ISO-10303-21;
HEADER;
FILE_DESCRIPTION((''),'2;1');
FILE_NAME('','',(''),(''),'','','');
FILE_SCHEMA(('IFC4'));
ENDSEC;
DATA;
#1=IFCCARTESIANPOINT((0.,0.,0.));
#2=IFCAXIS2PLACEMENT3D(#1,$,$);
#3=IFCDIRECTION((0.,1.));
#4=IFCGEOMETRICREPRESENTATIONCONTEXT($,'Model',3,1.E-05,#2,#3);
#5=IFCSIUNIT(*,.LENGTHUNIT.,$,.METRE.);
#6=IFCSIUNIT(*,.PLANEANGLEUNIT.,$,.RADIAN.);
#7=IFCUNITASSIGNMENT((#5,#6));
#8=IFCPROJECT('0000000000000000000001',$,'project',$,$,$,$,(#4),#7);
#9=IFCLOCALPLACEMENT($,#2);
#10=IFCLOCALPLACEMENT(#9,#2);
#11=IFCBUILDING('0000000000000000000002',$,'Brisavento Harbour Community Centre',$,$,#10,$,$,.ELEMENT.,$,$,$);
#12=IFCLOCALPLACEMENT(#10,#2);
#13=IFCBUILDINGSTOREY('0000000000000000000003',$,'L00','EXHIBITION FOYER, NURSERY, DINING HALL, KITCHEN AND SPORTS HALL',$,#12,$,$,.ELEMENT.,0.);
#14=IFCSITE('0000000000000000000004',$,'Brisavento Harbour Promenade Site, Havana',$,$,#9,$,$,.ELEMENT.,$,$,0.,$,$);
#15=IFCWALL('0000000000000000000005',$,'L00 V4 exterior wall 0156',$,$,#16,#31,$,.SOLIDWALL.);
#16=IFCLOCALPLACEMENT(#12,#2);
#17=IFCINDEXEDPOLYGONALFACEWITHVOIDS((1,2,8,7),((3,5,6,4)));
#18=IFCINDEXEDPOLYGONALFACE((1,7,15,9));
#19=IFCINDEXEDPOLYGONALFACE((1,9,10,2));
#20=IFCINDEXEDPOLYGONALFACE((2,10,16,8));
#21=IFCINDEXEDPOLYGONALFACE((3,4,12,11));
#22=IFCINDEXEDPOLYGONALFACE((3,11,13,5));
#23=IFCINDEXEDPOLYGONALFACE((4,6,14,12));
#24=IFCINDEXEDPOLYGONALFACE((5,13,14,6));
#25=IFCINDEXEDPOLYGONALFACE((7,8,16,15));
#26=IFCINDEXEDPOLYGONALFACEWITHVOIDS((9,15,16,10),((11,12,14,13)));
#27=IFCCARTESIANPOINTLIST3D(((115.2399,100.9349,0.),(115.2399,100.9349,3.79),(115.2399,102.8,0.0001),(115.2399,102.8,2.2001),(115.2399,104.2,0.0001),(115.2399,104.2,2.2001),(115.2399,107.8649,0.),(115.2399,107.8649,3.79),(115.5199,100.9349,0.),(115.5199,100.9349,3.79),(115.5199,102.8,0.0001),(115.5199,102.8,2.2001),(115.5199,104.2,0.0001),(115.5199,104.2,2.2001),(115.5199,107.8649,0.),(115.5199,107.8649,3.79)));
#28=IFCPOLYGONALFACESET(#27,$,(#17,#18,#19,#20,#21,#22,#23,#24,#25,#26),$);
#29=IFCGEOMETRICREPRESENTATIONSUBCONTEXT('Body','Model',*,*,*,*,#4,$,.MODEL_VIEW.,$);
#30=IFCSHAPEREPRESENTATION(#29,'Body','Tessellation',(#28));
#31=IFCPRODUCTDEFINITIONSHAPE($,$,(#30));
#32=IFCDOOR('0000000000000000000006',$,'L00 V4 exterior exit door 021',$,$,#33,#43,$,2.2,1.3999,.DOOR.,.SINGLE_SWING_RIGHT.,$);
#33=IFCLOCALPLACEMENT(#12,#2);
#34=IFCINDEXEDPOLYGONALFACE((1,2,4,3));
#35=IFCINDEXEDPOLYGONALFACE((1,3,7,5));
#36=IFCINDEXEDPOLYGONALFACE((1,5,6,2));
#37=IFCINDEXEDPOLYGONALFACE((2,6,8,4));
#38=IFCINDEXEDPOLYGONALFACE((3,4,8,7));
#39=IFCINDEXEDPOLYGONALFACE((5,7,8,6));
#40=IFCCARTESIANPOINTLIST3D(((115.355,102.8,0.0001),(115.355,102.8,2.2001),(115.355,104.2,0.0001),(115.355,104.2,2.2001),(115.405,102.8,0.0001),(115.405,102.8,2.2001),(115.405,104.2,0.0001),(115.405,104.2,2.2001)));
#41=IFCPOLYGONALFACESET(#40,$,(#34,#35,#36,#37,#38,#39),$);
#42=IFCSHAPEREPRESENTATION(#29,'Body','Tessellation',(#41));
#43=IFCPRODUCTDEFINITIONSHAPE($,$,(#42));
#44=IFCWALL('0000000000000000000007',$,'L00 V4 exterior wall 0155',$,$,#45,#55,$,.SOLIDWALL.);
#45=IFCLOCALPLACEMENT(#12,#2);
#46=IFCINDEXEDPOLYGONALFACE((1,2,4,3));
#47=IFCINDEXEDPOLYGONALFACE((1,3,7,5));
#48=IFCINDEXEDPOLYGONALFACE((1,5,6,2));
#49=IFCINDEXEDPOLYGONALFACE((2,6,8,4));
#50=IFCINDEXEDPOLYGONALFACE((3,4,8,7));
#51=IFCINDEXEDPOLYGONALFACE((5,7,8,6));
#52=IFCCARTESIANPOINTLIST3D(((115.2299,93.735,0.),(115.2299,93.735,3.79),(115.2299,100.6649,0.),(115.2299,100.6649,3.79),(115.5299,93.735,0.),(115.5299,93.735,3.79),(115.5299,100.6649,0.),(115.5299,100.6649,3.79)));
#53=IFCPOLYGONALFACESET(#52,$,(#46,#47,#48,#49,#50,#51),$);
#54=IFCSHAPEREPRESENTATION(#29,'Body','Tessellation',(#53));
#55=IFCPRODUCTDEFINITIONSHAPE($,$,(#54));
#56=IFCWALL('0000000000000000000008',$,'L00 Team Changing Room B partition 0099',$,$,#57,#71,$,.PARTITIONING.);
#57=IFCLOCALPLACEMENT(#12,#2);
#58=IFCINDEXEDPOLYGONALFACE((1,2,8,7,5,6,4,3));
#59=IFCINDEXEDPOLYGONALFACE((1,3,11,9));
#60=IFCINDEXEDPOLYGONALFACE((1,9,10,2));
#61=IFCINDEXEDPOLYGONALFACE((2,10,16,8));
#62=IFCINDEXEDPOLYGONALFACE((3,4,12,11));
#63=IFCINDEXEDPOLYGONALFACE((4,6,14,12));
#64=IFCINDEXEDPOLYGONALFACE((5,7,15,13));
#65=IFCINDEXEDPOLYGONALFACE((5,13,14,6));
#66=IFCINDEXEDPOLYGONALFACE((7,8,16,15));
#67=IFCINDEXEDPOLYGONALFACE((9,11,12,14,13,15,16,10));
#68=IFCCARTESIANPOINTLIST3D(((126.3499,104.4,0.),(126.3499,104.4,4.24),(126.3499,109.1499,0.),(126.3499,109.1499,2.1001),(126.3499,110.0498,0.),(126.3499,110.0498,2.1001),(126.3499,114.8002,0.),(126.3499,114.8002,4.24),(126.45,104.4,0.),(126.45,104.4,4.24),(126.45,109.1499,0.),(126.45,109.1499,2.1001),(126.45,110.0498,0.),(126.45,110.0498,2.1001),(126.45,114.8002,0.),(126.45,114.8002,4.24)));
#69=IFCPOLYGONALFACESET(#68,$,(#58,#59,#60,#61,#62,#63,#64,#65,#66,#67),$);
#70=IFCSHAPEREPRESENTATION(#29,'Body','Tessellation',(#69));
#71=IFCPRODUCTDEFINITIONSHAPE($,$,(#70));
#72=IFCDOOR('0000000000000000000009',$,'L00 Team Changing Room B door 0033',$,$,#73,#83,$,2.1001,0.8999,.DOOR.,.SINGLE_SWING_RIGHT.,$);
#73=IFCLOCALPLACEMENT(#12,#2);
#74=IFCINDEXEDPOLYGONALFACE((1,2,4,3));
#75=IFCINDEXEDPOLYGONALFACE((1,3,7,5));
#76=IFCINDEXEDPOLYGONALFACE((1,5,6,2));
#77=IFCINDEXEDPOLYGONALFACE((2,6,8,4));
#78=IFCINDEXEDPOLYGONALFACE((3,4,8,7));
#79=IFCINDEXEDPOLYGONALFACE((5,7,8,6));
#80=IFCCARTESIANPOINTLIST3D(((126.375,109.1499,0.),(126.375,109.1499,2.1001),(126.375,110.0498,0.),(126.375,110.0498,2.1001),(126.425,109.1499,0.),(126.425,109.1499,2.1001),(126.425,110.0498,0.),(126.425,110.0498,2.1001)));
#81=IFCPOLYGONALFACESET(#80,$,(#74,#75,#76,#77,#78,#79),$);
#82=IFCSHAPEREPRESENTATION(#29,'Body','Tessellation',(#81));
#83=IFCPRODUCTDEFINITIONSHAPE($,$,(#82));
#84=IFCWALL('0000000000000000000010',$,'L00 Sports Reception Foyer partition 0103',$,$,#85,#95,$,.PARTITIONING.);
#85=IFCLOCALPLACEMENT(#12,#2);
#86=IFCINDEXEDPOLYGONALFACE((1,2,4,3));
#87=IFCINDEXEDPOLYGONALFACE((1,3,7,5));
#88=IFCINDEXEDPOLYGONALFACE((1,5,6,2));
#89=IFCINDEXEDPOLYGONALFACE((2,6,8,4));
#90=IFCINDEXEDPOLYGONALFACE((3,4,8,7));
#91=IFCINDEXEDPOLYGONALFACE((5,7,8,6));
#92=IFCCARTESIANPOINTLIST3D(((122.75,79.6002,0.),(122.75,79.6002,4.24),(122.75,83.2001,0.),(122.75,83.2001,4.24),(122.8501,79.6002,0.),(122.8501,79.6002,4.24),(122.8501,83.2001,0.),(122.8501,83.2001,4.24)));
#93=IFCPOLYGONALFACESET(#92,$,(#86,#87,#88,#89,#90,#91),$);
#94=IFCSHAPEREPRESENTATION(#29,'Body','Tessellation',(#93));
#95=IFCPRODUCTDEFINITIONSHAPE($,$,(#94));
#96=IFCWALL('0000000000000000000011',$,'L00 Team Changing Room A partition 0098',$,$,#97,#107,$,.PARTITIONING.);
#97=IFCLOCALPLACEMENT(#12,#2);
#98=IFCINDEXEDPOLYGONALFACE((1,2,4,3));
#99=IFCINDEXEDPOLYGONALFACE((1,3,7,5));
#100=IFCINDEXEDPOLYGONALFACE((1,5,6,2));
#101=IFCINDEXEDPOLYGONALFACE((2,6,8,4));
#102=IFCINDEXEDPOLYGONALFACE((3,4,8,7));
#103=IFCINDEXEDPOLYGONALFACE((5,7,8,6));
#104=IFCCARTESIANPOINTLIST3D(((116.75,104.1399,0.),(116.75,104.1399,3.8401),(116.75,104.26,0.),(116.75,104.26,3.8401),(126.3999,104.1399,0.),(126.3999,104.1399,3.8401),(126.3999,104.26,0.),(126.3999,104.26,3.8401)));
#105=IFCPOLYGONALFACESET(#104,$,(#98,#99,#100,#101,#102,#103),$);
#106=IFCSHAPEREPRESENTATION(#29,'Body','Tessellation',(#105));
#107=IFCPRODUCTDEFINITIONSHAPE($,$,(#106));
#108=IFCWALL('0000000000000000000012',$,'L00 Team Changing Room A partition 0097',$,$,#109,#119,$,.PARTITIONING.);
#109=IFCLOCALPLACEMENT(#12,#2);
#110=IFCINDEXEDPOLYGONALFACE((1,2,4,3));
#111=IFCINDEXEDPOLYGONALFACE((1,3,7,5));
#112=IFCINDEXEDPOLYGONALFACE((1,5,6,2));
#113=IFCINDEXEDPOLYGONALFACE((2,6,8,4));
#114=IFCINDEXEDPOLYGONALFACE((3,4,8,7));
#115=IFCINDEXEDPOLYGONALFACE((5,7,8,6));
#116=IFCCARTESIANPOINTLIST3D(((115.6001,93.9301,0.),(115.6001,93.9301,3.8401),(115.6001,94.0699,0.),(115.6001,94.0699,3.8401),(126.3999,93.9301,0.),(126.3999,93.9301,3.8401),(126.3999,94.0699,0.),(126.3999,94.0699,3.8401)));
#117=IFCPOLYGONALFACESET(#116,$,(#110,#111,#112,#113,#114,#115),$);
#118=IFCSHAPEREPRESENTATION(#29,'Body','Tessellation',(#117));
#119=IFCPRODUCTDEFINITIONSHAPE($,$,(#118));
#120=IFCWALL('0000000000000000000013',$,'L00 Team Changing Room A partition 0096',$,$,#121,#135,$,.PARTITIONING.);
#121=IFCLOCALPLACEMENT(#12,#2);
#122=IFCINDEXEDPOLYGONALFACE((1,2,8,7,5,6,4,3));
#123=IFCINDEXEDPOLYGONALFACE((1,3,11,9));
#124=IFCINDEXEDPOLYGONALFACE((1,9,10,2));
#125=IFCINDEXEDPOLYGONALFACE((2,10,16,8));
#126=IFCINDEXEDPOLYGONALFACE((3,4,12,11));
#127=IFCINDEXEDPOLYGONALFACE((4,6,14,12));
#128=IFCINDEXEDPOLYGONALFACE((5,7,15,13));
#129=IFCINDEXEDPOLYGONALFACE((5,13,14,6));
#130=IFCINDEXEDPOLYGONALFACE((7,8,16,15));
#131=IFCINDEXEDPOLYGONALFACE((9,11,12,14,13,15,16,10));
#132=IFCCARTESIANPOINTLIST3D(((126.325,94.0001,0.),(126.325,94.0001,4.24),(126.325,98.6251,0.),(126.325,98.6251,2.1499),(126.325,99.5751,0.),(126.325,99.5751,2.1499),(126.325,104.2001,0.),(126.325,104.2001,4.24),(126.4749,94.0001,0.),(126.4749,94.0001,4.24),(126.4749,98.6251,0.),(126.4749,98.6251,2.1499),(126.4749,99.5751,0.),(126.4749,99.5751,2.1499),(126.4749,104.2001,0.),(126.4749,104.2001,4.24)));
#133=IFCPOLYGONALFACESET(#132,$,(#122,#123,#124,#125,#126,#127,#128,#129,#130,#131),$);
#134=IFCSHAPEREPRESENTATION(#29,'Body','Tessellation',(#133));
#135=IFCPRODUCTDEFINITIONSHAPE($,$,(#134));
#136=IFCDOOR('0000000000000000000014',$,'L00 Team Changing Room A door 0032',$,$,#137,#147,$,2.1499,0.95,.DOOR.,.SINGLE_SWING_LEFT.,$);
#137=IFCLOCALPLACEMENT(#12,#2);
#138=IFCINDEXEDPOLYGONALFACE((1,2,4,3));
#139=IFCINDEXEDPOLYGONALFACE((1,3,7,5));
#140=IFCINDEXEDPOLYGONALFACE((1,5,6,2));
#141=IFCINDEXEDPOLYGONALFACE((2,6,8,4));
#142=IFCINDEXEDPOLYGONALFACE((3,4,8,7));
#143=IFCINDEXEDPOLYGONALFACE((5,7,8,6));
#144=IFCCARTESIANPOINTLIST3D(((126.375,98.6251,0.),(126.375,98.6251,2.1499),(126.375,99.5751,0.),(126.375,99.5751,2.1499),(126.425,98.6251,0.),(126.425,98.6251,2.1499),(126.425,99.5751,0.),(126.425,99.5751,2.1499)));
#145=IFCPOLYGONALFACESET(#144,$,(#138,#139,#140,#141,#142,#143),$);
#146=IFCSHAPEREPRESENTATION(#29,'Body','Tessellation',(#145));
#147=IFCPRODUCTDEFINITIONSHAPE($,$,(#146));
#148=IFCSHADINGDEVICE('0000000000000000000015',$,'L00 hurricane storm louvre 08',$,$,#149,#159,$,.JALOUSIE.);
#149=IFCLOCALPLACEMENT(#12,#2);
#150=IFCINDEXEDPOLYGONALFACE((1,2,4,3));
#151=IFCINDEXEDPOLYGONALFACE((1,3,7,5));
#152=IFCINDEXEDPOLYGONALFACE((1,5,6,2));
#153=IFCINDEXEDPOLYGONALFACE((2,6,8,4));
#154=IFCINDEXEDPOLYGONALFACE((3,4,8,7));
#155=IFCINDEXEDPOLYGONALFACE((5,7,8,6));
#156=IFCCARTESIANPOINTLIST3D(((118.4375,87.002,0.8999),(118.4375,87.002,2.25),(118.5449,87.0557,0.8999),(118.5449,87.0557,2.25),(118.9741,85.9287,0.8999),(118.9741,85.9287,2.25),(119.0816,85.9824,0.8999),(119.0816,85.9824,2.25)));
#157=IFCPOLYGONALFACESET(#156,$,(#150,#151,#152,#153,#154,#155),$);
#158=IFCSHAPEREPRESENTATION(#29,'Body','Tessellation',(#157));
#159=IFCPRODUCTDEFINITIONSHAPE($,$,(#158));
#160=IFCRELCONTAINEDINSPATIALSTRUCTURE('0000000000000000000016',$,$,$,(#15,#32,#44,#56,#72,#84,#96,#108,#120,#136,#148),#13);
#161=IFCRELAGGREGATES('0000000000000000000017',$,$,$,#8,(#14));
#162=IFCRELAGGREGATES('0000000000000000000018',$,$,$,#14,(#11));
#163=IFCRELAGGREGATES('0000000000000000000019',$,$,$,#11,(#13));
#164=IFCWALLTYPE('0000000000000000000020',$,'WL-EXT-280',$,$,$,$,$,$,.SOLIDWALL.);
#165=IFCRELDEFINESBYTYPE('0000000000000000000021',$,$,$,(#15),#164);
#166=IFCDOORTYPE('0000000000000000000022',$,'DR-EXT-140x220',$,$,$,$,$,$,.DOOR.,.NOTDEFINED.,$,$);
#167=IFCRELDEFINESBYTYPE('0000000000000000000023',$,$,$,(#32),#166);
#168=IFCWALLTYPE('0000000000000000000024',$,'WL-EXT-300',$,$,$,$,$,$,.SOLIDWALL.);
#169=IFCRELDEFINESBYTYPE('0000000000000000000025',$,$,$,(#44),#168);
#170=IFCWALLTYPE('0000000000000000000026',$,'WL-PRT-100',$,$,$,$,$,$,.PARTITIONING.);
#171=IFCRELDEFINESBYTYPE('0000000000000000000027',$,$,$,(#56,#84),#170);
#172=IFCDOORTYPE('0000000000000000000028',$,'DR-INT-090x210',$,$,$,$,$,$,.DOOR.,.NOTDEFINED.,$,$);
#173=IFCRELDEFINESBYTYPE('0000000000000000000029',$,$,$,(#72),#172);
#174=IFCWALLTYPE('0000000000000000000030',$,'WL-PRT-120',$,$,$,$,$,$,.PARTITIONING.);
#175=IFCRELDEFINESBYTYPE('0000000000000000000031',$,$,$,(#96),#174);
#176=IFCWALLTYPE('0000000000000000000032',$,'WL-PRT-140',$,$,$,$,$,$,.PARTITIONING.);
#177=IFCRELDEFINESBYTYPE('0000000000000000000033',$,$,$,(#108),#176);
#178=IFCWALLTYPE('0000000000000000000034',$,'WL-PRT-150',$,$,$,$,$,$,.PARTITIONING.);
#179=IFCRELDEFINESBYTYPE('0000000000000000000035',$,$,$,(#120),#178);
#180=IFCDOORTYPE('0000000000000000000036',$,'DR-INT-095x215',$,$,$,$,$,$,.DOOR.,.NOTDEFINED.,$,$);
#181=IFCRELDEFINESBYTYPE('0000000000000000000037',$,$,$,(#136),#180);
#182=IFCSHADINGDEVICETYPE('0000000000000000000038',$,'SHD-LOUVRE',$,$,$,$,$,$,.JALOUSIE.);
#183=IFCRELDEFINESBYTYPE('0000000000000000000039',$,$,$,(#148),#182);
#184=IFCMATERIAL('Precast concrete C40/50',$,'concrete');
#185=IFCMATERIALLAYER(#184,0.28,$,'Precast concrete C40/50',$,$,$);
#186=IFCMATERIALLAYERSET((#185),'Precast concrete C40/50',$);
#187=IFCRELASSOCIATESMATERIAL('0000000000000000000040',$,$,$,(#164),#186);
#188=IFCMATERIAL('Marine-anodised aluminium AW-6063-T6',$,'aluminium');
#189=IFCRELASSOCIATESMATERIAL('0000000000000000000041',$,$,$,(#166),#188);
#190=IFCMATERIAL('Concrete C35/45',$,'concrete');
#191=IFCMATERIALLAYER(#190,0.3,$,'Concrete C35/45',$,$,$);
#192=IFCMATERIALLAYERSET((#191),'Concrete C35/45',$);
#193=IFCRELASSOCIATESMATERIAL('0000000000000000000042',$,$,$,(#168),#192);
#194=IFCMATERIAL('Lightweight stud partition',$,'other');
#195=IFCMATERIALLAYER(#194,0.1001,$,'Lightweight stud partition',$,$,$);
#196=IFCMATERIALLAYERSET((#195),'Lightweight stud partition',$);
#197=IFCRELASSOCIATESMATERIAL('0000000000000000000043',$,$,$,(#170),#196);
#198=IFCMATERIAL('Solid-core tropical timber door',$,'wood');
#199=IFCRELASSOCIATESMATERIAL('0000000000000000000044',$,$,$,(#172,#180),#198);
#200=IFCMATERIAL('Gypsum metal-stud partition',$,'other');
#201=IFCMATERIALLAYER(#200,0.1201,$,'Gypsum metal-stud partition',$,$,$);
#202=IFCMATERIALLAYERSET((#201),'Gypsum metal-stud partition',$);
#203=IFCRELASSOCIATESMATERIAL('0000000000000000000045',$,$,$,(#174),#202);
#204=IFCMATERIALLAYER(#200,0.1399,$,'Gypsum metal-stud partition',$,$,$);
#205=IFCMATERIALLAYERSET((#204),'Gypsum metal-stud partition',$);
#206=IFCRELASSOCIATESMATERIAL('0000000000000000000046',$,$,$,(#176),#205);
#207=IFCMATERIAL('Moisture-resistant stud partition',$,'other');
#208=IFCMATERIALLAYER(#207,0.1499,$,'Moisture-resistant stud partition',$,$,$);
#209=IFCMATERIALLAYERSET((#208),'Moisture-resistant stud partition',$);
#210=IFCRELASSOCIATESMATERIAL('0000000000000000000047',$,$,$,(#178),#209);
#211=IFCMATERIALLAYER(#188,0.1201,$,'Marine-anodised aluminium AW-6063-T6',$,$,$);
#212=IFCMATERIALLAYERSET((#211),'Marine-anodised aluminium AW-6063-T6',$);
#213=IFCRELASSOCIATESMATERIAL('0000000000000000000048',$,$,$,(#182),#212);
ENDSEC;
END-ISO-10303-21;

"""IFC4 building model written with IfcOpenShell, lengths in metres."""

from ifc_helpers import new_model, si_unit, direction, frame, frame_2d, origin, origin_2d, place, context, subcontext, project, spatial, rectangle, extrude, material, layer, layer_set, type_object, element, fill, save


model = new_model("IFC4")

# Units and contexts
model_context = context("Model", 3, precision=1e-05, world=origin(), true_north=direction((0.0, 1.0)))
body_context = subcontext(model_context, "Body", "Model", "MODEL_VIEW")
ifc_project = project(units=[si_unit("LENGTHUNIT", "METRE"), si_unit("PLANEANGLEUNIT", "RADIAN")], contexts=[model_context])

# Site, building, storey
site_placement = place(None, origin())
site = spatial("IfcSite", under=ifc_project, at=site_placement, Name="Brisavento Harbour Promenade Site, Havana", CompositionType="ELEMENT", RefElevation=0.0)
building_placement = place(site_placement, origin())
building = spatial("IfcBuilding", under=site, at=building_placement, Name="Brisavento Harbour Community Centre", CompositionType="ELEMENT")
storey_placement = place(building_placement, origin())
storey = spatial("IfcBuildingStorey", under=building, at=storey_placement, Name="L00", Description="EXHIBITION FOYER, NURSERY, DINING HALL, KITCHEN AND SPORTS HALL", CompositionType="ELEMENT", Elevation=0.0)

# Wall, opening, door
ifc_material_1 = material(Name="Precast concrete C40/50", Category="concrete")
ifc_layer_1 = layer(ifc_material_1, 0.28, Name="Precast concrete C40/50")
ifc_layer_set_1 = layer_set([ifc_layer_1], Name="Precast concrete C40/50")
wall_type_1 = type_object("IfcWallType", Name="WL-EXT-280", PredefinedType="SOLIDWALL", material=ifc_layer_set_1)
wall_1_placement = place(storey_placement, frame((115.3799, 100.9351, 0.0), z_axis=(0.0, 0.0, 1.0), x_axis=(0.0, 1.0, 0.0)))
wall_1 = element("IfcWall", 1, at=wall_1_placement, inside=storey, type_object=wall_type_1, Name="L00 V4 exterior wall 0156", PredefinedType="SOLIDWALL", context=body_context, shape_type="SweptSolid", body=[
    extrude(rectangle(XDim=6.9299, YDim=0.28, at=frame_2d((3.4648, 0.0))), origin(), (0.0, 0.0, 1.0), 3.79),
])
opening_1_placement = place(wall_1_placement, frame((1.865, 0.0, 0.0)))
opening_1 = element("IfcOpeningElement", 2, at=opening_1_placement, cuts=wall_1, PredefinedType="OPENING", context=body_context, shape_type="SweptSolid", body=[
    extrude(rectangle(XDim=1.3999, YDim=2.2, at=frame_2d((0.7, 1.1001))), frame((0.0, 0.1499, 0.0), z_axis=(0.0, -1.0, 0.0), x_axis=(1.0, 0.0, 0.0)), (0.0, 0.0, 1.0), 0.3),
])
ifc_material_2 = material(Name="Marine-anodised aluminium AW-6063-T6", Category="aluminium")
door_type_1 = type_object("IfcDoorType", Name="DR-EXT-140x220", OperationType="NOTDEFINED", PredefinedType="DOOR", material=ifc_material_2)
door_1_placement = place(opening_1_placement, origin())
door_1 = element("IfcDoor", 3, at=door_1_placement, inside=storey, type_object=door_type_1, Name="L00 V4 exterior exit door 021", OperationType="SINGLE_SWING_RIGHT", OverallHeight=2.2, OverallWidth=1.3999, PredefinedType="DOOR", context=body_context, shape_type="SweptSolid", body=[
    extrude(rectangle(XDim=1.3999, YDim=2.2, at=frame_2d((0.7, 1.1001))), frame((0.0, 0.0249, 0.0), z_axis=(0.0, -1.0, 0.0), x_axis=(1.0, 0.0, 0.0)), (0.0, 0.0, 1.0), 0.05),
])
fill(opening_1, door_1)

# Wall
ifc_material_3 = material(Name="Concrete C35/45", Category="concrete")
ifc_layer_2 = layer(ifc_material_3, 0.3, Name="Concrete C35/45")
ifc_layer_set_2 = layer_set([ifc_layer_2], Name="Concrete C35/45")
wall_type_2 = type_object("IfcWallType", Name="WL-EXT-300", PredefinedType="SOLIDWALL", material=ifc_layer_set_2)
wall_2_placement = place(storey_placement, frame((115.3799, 93.7351, 0.0), z_axis=(0.0, 0.0, 1.0), x_axis=(0.0, 1.0, 0.0)))
element("IfcWall", 4, at=wall_2_placement, inside=storey, type_object=wall_type_2, Name="L00 V4 exterior wall 0155", PredefinedType="SOLIDWALL", context=body_context, shape_type="SweptSolid", body=[
    extrude(rectangle(XDim=6.9299, YDim=0.3, at=frame_2d((3.4648, 0.0))), origin(), (0.0, 0.0, 1.0), 3.79),
])

# Wall, opening, door
ifc_material_4 = material(Name="Lightweight stud partition", Category="other")
ifc_layer_3 = layer(ifc_material_4, 0.1001, Name="Lightweight stud partition")
ifc_layer_set_3 = layer_set([ifc_layer_3], Name="Lightweight stud partition")
wall_type_3 = type_object("IfcWallType", Name="WL-PRT-100", PredefinedType="PARTITIONING", material=ifc_layer_set_3)
wall_3_placement = place(storey_placement, frame((126.3999, 104.3999, 0.0), z_axis=(0.0, 0.0, 1.0), x_axis=(0.0, 1.0, 0.0)))
wall_3 = element("IfcWall", 5, at=wall_3_placement, inside=storey, type_object=wall_type_3, Name="L00 Team Changing Room B partition 0099", PredefinedType="PARTITIONING", context=body_context, shape_type="SweptSolid", body=[
    extrude(rectangle(XDim=10.4001, YDim=0.1001, at=frame_2d((5.2002, 0.0))), origin(), (0.0, 0.0, 1.0), 4.24),
])
opening_2_placement = place(wall_3_placement, frame((4.75, 0.0, 0.0)))
opening_2 = element("IfcOpeningElement", 6, at=opening_2_placement, cuts=wall_3, PredefinedType="OPENING", context=body_context, shape_type="SweptSolid", body=[
    extrude(rectangle(XDim=0.8999, YDim=2.1001, at=frame_2d((0.45, 1.05))), frame((0.0, 0.0601, 0.0), z_axis=(0.0, -1.0, 0.0), x_axis=(1.0, 0.0, 0.0)), (0.0, 0.0, 1.0), 0.1201),
])
ifc_material_5 = material(Name="Solid-core tropical timber door", Category="wood")
door_type_2 = type_object("IfcDoorType", Name="DR-INT-090x210", OperationType="NOTDEFINED", PredefinedType="DOOR", material=ifc_material_5)
door_2_placement = place(opening_2_placement, origin())
door_2 = element("IfcDoor", 7, at=door_2_placement, inside=storey, type_object=door_type_2, Name="L00 Team Changing Room B door 0033", OperationType="SINGLE_SWING_RIGHT", OverallHeight=2.1001, OverallWidth=0.8999, PredefinedType="DOOR", context=body_context, shape_type="SweptSolid", body=[
    extrude(rectangle(XDim=0.8999, YDim=2.1001, at=frame_2d((0.45, 1.05))), frame((0.0, 0.0249, 0.0), z_axis=(0.0, -1.0, 0.0), x_axis=(1.0, 0.0, 0.0)), (0.0, 0.0, 1.0), 0.05),
])
fill(opening_2, door_2)

# Walls
wall_4_placement = place(storey_placement, frame((122.8, 83.2, 0.0), z_axis=(0.0, 0.0, 1.0), x_axis=(0.0, -1.0, 0.0)))
element("IfcWall", 8, at=wall_4_placement, inside=storey, type_object=wall_type_3, Name="L00 Sports Reception Foyer partition 0103", PredefinedType="PARTITIONING", context=body_context, shape_type="SweptSolid", body=[
    extrude(rectangle(XDim=3.5999, YDim=0.1001, at=frame_2d((1.7998, 0.0))), origin(), (0.0, 0.0, 1.0), 4.24),
])
ifc_material_6 = material(Name="Gypsum metal-stud partition", Category="other")
ifc_layer_4 = layer(ifc_material_6, 0.1201, Name="Gypsum metal-stud partition")
ifc_layer_set_4 = layer_set([ifc_layer_4], Name="Gypsum metal-stud partition")
wall_type_4 = type_object("IfcWallType", Name="WL-PRT-120", PredefinedType="PARTITIONING", material=ifc_layer_set_4)
wall_5_placement = place(storey_placement, frame((126.3999, 104.2, 0.0), z_axis=(0.0, 0.0, 1.0), x_axis=(-1.0, 0.0, 0.0)))
element("IfcWall", 9, at=wall_5_placement, inside=storey, type_object=wall_type_4, Name="L00 Team Changing Room A partition 0098", PredefinedType="PARTITIONING", context=body_context, shape_type="SweptSolid", body=[
    extrude(rectangle(XDim=9.6499, YDim=0.1201, at=frame_2d((4.825, 0.0))), origin(), (0.0, 0.0, 1.0), 3.8401),
])
ifc_layer_5 = layer(ifc_material_6, 0.1399, Name="Gypsum metal-stud partition")
ifc_layer_set_5 = layer_set([ifc_layer_5], Name="Gypsum metal-stud partition")
wall_type_5 = type_object("IfcWallType", Name="WL-PRT-140", PredefinedType="PARTITIONING", material=ifc_layer_set_5)
wall_6_placement = place(storey_placement, frame((115.6001, 94.0, 0.0), z_axis=(0.0, 0.0, 1.0), x_axis=(1.0, 0.0, 0.0)))
element("IfcWall", 10, at=wall_6_placement, inside=storey, type_object=wall_type_5, Name="L00 Team Changing Room A partition 0097", PredefinedType="PARTITIONING", context=body_context, shape_type="SweptSolid", body=[
    extrude(rectangle(XDim=10.7998, YDim=0.1399, at=frame_2d((5.3999, 0.0))), origin(), (0.0, 0.0, 1.0), 3.8401),
])

# Wall, opening, door
ifc_material_7 = material(Name="Moisture-resistant stud partition", Category="other")
ifc_layer_6 = layer(ifc_material_7, 0.1499, Name="Moisture-resistant stud partition")
ifc_layer_set_6 = layer_set([ifc_layer_6], Name="Moisture-resistant stud partition")
wall_type_6 = type_object("IfcWallType", Name="WL-PRT-150", PredefinedType="PARTITIONING", material=ifc_layer_set_6)
wall_7_placement = place(storey_placement, frame((126.3999, 94.0, 0.0), z_axis=(0.0, 0.0, 1.0), x_axis=(0.0, 1.0, 0.0)))
wall_7 = element("IfcWall", 11, at=wall_7_placement, inside=storey, type_object=wall_type_6, Name="L00 Team Changing Room A partition 0096", PredefinedType="PARTITIONING", context=body_context, shape_type="SweptSolid", body=[
    extrude(rectangle(XDim=10.2, YDim=0.1499, at=frame_2d((5.1001, 0.0))), origin(), (0.0, 0.0, 1.0), 4.24),
])
opening_3_placement = place(wall_7_placement, frame((4.625, 0.0, 0.0)))
opening_3 = element("IfcOpeningElement", 12, at=opening_3_placement, cuts=wall_7, PredefinedType="OPENING", context=body_context, shape_type="SweptSolid", body=[
    extrude(rectangle(XDim=0.95, YDim=2.1499, at=frame_2d((0.4751, 1.075))), frame((0.0, 0.085, 0.0), z_axis=(0.0, -1.0, 0.0), x_axis=(1.0, 0.0, 0.0)), (0.0, 0.0, 1.0), 0.1699),
])
door_type_3 = type_object("IfcDoorType", Name="DR-INT-095x215", OperationType="NOTDEFINED", PredefinedType="DOOR", material=ifc_material_5)
door_3_placement = place(opening_3_placement, origin())
door_3 = element("IfcDoor", 13, at=door_3_placement, inside=storey, type_object=door_type_3, Name="L00 Team Changing Room A door 0032", OperationType="SINGLE_SWING_LEFT", OverallHeight=2.1499, OverallWidth=0.95, PredefinedType="DOOR", context=body_context, shape_type="SweptSolid", body=[
    extrude(rectangle(XDim=0.95, YDim=2.1499, at=frame_2d((0.4751, 1.075))), frame((0.0, 0.0249, 0.0), z_axis=(0.0, -1.0, 0.0), x_axis=(1.0, 0.0, 0.0)), (0.0, 0.0, 1.0), 0.05),
])
fill(opening_3, door_3)

# Shading device
ifc_layer_7 = layer(ifc_material_2, 0.1201, Name="Marine-anodised aluminium AW-6063-T6")
ifc_layer_set_7 = layer_set([ifc_layer_7], Name="Marine-anodised aluminium AW-6063-T6")
shading_device_type = type_object("IfcShadingDeviceType", Name="SHD-LOUVRE", PredefinedType="JALOUSIE", material=ifc_layer_set_7)
shading_device_placement = place(storey_placement, frame((118.7595, 86.4922, 0.8999), z_axis=(0.0, 0.0, 1.0), x_axis=(-0.447213, 0.894428, 0.0)))
element("IfcShadingDevice", 14, at=shading_device_placement, inside=storey, type_object=shading_device_type, Name="L00 hurricane storm louvre 08", PredefinedType="JALOUSIE", context=body_context, shape_type="SweptSolid", body=[
    extrude(rectangle(XDim=1.2, YDim=0.1201, at=origin_2d()), origin(), (0.0, 0.0, 1.0), 1.3501),
])

save(model, "model.ifc")
